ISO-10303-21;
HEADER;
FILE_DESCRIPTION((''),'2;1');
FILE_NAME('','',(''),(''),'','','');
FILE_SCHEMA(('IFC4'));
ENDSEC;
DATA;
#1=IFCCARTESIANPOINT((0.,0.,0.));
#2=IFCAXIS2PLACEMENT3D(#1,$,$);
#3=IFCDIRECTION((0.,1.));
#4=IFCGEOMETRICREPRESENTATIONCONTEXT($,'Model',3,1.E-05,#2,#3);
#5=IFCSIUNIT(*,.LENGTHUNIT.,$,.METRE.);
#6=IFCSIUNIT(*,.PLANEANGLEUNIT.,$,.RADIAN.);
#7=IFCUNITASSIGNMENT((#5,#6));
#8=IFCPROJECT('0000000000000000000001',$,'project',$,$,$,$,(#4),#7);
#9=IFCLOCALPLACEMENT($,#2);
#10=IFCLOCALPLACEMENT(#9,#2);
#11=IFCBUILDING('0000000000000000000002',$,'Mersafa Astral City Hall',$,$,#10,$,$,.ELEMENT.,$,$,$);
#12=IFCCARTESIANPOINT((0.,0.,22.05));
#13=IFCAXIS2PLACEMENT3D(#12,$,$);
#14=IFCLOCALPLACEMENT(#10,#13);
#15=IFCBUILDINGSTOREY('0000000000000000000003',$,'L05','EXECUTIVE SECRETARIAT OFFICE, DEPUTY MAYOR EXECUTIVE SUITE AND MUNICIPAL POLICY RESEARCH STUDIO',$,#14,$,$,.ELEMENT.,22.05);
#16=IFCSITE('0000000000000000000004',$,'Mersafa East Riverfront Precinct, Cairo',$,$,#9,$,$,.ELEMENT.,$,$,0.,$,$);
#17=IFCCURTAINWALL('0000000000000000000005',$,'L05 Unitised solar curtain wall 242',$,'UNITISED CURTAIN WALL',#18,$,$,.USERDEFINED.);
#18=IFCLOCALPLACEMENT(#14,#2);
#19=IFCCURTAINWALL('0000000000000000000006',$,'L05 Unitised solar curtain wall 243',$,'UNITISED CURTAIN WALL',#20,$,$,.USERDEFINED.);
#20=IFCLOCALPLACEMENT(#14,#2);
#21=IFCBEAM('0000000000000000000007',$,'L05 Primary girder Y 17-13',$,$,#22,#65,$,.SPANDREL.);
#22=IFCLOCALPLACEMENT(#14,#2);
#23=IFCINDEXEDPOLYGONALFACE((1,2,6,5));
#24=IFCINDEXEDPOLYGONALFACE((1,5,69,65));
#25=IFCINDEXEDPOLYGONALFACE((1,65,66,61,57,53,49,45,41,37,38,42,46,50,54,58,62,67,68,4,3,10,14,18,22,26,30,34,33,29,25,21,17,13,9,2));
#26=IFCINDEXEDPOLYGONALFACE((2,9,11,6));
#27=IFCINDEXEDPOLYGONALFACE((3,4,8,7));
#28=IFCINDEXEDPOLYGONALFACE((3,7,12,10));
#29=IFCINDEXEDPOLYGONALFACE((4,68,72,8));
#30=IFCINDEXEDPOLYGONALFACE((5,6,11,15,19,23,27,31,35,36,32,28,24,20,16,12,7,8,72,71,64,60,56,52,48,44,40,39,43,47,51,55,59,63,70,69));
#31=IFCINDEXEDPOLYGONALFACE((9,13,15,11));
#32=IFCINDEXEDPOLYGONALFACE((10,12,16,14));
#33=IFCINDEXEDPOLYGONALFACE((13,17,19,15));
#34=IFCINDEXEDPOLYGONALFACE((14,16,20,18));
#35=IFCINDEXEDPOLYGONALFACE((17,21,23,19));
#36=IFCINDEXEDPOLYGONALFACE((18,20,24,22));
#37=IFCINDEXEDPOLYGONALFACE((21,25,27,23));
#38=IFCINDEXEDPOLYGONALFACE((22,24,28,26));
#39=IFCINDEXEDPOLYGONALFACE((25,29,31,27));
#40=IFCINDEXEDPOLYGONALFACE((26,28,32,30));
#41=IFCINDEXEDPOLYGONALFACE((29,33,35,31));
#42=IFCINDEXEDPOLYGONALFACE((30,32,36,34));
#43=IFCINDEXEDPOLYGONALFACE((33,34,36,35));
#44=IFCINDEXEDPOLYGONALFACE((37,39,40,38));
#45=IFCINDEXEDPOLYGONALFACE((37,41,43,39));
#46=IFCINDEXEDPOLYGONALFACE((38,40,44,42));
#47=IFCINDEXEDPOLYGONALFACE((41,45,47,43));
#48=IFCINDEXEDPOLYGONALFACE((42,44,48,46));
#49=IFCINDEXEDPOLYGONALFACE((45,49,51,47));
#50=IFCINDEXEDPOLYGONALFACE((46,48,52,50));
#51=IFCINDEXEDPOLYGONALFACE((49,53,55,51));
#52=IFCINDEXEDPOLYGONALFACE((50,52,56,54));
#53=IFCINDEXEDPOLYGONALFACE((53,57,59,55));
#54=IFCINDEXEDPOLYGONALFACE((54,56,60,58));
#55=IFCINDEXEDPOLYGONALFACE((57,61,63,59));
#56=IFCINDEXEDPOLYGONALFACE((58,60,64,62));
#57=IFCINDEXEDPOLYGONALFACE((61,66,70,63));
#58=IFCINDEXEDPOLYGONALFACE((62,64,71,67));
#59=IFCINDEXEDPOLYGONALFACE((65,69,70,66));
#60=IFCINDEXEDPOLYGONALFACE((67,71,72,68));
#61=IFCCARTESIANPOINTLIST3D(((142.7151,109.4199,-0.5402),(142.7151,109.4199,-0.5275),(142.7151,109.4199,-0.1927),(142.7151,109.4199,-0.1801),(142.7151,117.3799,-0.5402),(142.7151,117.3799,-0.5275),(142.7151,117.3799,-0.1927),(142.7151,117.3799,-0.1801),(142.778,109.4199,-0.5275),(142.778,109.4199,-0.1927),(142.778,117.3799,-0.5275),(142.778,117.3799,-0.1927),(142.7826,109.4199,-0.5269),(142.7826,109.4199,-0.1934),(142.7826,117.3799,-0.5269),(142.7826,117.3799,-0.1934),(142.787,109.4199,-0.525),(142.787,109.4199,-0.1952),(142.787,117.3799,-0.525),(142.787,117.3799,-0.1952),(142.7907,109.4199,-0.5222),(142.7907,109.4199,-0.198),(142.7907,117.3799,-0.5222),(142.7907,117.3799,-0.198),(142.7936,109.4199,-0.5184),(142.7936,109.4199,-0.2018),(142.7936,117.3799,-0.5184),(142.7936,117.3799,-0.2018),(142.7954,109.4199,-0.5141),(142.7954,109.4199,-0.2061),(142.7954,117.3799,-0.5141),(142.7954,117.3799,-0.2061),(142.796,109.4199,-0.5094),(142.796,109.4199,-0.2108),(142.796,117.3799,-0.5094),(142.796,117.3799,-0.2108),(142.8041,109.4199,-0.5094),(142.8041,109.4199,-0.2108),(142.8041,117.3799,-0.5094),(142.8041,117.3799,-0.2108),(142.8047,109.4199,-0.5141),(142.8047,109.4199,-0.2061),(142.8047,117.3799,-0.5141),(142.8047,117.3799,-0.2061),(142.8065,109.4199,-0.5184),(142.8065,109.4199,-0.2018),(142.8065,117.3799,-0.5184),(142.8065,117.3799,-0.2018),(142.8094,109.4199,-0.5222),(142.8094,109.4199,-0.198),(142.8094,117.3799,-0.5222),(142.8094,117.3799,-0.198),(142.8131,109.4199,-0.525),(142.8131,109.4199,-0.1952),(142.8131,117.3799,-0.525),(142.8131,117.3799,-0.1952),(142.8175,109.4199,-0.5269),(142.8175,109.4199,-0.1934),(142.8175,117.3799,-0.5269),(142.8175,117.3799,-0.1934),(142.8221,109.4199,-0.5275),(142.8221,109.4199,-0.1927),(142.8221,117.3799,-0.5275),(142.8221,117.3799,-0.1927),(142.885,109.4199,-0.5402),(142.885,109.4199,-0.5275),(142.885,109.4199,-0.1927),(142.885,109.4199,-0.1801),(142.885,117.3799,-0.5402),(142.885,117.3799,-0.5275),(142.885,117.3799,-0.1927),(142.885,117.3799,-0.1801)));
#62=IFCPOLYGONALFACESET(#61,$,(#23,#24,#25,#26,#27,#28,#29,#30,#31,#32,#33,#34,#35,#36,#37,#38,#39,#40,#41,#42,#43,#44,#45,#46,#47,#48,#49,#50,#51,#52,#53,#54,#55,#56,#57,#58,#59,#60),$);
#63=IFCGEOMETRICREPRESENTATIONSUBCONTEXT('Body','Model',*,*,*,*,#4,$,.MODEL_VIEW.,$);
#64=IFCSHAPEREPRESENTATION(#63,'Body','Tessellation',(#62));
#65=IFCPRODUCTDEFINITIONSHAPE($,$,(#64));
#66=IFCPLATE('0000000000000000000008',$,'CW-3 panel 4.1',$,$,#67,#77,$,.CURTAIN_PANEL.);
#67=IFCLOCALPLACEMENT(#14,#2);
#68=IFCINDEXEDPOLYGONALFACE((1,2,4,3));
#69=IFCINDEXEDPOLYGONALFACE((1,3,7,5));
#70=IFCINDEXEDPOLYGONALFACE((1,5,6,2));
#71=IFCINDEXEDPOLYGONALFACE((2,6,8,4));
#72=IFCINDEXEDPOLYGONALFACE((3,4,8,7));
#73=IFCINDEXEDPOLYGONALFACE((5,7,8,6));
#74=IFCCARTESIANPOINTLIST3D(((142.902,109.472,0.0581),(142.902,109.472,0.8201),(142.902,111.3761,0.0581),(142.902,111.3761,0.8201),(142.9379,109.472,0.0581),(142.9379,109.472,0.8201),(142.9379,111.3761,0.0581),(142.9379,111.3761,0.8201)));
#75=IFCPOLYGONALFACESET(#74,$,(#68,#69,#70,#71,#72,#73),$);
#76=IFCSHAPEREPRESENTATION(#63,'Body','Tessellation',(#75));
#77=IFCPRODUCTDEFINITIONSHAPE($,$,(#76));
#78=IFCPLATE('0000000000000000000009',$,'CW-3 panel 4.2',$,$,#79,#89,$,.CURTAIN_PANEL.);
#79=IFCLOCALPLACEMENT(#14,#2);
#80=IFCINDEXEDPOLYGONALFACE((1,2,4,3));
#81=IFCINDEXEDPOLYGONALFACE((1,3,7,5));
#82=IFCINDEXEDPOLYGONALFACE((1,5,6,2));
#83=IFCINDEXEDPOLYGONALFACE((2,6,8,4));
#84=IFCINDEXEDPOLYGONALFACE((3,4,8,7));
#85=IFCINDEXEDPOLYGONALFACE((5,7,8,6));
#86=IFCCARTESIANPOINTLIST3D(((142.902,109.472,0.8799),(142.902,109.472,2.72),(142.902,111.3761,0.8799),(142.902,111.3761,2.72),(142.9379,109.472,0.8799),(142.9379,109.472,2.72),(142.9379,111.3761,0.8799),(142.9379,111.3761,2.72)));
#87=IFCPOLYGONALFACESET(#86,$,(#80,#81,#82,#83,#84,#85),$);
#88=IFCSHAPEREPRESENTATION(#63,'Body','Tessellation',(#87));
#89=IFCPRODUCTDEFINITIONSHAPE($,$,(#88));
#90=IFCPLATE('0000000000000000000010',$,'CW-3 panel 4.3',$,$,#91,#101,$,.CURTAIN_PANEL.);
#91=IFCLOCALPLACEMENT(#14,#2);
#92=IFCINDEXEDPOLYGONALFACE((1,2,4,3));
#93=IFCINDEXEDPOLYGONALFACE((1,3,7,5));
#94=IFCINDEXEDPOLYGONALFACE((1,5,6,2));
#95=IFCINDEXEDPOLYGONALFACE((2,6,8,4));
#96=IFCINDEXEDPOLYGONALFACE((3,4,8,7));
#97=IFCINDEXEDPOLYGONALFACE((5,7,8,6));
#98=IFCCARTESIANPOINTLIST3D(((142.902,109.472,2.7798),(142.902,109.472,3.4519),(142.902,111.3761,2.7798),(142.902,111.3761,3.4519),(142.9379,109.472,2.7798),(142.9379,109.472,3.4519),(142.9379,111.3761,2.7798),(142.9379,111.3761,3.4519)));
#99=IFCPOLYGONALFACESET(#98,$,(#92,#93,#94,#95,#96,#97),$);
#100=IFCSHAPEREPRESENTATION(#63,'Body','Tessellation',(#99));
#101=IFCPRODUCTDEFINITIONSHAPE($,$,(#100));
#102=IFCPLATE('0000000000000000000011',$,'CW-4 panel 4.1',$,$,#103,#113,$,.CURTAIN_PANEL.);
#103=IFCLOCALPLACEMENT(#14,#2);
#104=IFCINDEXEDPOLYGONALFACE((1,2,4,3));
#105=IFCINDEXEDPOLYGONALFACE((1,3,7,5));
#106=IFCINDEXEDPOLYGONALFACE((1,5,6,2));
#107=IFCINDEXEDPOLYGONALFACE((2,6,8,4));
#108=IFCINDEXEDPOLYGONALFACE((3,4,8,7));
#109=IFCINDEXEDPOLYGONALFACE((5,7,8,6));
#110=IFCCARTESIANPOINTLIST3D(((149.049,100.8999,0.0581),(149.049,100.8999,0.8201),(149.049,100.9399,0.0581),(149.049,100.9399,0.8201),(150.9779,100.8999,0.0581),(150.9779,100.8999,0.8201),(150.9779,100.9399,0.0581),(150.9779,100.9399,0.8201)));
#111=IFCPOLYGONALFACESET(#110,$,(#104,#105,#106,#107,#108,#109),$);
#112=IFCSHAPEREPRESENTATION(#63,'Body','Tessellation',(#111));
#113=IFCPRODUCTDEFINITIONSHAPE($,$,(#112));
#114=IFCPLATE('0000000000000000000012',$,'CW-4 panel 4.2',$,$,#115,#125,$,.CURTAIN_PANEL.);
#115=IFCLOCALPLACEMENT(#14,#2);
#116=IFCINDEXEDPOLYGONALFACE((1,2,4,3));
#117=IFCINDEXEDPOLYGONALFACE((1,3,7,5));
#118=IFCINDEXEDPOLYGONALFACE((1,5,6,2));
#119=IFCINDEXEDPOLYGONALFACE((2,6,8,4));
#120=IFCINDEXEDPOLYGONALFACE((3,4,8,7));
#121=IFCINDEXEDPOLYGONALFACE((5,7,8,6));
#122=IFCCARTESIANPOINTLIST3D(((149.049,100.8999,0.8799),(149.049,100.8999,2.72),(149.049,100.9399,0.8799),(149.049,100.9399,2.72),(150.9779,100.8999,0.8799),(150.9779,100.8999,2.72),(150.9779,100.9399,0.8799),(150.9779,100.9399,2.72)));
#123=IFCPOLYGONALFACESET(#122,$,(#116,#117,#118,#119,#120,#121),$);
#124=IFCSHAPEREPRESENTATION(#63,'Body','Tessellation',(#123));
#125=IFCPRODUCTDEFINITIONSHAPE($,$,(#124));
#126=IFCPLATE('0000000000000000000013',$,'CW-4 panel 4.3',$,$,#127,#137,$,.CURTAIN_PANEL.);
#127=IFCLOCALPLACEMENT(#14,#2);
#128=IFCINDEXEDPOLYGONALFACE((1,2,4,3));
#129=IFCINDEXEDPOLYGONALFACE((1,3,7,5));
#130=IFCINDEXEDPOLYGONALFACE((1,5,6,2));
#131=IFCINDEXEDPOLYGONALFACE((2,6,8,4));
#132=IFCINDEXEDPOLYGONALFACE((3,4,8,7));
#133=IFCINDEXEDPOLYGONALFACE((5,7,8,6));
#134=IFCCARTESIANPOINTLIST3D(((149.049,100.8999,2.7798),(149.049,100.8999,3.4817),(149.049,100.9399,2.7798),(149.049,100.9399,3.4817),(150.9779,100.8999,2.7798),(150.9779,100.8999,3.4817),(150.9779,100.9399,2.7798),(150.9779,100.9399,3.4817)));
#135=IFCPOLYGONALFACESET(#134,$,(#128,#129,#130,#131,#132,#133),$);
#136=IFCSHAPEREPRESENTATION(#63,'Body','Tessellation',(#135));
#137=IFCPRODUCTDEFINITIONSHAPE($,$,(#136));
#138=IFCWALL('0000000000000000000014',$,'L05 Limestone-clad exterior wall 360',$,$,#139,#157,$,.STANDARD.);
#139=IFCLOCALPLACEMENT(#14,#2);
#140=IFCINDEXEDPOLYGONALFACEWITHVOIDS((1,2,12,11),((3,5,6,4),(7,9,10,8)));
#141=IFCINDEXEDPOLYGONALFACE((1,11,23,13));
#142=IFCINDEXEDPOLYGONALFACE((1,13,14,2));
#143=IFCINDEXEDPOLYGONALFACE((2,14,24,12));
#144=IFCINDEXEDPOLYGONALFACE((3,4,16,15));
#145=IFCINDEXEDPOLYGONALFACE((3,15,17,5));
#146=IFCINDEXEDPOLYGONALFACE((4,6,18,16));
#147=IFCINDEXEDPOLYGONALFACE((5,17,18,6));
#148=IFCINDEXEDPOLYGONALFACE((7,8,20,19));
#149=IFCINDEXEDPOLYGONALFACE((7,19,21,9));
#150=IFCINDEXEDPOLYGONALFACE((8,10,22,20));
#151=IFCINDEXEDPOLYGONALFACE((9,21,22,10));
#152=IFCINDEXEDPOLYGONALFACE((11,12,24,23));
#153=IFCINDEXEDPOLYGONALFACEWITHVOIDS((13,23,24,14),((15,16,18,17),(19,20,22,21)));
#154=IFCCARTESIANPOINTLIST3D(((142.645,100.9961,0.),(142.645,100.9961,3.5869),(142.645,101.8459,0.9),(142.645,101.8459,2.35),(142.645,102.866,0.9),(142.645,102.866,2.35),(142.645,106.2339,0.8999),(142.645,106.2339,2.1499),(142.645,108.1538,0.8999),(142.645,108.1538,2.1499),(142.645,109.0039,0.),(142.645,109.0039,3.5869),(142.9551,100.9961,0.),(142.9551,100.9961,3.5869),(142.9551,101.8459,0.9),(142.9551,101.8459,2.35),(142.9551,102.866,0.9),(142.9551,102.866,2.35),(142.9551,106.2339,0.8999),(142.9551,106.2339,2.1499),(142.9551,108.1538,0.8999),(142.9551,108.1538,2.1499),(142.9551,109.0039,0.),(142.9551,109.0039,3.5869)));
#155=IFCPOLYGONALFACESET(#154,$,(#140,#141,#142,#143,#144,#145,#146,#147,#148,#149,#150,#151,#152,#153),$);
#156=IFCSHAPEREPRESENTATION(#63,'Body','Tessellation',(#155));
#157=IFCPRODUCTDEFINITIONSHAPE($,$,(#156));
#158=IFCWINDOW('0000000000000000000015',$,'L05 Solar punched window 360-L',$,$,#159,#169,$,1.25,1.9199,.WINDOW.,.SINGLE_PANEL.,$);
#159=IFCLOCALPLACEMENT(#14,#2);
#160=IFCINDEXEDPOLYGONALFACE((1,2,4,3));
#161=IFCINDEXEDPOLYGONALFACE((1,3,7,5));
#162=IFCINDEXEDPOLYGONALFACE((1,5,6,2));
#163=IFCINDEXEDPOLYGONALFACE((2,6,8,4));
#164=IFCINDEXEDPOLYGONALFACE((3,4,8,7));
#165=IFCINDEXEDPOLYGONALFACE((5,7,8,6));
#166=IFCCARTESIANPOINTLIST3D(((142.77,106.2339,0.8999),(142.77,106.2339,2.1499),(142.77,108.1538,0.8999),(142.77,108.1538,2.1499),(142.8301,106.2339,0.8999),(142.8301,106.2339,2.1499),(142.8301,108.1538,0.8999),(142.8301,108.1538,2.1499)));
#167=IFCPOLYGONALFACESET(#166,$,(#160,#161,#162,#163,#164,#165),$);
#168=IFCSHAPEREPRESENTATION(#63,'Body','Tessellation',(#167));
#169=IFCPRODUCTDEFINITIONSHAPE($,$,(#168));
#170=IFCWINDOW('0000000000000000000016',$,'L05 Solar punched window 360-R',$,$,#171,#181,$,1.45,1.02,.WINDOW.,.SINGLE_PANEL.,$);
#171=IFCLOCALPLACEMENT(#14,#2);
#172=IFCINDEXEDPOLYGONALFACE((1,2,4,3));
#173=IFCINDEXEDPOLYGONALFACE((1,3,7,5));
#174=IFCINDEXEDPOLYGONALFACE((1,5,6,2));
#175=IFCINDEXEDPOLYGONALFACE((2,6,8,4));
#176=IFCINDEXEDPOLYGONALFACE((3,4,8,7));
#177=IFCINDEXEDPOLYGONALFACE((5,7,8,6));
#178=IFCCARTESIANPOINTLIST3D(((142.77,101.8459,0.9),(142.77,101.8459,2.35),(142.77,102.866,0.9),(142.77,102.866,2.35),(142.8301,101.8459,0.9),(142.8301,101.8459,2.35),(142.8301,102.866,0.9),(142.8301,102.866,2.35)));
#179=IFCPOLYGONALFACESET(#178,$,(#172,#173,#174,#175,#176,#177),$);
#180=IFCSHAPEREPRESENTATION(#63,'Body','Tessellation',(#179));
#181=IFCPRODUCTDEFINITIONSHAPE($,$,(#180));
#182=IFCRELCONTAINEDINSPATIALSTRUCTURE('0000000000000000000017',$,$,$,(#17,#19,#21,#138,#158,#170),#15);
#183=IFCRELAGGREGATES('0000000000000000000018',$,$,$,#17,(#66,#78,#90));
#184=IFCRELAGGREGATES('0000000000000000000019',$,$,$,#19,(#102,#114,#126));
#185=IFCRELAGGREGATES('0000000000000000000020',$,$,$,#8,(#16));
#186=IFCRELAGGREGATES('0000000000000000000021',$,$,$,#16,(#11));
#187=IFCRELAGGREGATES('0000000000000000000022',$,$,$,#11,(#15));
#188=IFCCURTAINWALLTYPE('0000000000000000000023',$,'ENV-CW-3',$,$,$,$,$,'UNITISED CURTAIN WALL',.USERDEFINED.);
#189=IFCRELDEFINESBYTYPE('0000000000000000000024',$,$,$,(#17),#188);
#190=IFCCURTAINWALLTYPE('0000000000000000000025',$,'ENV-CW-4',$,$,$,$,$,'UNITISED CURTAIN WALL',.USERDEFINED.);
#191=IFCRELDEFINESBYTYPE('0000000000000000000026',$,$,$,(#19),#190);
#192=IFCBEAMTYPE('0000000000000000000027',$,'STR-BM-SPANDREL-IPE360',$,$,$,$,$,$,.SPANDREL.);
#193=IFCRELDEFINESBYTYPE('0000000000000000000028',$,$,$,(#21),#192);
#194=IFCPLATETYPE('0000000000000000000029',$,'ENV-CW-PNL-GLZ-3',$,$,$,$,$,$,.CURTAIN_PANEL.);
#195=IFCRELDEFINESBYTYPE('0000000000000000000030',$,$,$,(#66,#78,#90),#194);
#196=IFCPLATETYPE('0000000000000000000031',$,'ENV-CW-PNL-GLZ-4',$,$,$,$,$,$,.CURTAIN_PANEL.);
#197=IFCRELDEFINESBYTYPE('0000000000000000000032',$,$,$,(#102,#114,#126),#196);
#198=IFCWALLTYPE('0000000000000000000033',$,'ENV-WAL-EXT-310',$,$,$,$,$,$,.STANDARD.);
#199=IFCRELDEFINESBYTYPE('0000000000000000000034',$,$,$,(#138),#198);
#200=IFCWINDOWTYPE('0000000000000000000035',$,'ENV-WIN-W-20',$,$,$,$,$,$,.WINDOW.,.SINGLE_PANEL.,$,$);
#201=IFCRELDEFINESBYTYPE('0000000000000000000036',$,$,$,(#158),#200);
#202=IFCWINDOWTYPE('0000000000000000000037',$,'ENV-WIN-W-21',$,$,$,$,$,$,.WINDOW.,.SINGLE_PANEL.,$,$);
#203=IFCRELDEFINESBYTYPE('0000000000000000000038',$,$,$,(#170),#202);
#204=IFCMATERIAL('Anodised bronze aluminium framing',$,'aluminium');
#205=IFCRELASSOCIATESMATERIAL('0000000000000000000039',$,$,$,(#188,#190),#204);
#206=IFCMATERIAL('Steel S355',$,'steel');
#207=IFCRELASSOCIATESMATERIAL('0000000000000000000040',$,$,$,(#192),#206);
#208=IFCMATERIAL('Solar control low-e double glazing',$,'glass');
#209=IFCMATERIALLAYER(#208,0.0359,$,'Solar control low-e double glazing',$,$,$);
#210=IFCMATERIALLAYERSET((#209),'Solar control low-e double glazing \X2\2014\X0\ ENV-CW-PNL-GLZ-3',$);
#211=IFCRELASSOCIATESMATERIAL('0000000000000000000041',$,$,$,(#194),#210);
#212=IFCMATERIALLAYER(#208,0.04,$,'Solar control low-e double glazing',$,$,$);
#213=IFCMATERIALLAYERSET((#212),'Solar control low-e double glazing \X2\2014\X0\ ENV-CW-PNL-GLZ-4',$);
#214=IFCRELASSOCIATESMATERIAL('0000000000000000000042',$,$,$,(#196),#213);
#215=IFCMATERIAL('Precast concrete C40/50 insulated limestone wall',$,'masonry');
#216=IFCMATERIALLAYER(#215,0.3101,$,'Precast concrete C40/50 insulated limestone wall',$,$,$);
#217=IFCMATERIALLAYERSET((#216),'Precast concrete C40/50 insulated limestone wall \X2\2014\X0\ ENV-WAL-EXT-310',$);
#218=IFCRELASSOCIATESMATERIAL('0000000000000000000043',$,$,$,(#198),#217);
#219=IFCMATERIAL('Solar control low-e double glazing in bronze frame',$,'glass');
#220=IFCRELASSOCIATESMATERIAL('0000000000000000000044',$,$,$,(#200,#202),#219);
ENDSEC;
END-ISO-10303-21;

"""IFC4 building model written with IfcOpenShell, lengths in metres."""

from ifc_helpers import new_model, si_unit, direction, frame, frame_2d, origin, origin_2d, place, context, subcontext, project, spatial, rectangle, i_section, extrude, material, layer, layer_set, material_profile, profile_set, type_object, element, fill, aggregate, save


model = new_model("IFC4")

# Units and contexts
model_context = context("Model", 3, precision=1e-05, world=origin(), true_north=direction((0.0, 1.0)))
body_context = subcontext(model_context, "Body", "Model", "MODEL_VIEW")
ifc_project = project(units=[si_unit("LENGTHUNIT", "METRE"), si_unit("PLANEANGLEUNIT", "RADIAN")], contexts=[model_context])

# Site, building, storey
site_placement = place(None, origin())
site = spatial("IfcSite", under=ifc_project, at=site_placement, Name="Mersafa East Riverfront Precinct, Cairo", CompositionType="ELEMENT", RefElevation=0.0)
building_placement = place(site_placement, origin())
building = spatial("IfcBuilding", under=site, at=building_placement, Name="Mersafa Astral City Hall", CompositionType="ELEMENT")
storey_placement = place(building_placement, frame((0.0, 0.0, 22.05)))
storey = spatial("IfcBuildingStorey", under=building, at=storey_placement, Name="L05", Description="EXECUTIVE SECRETARIAT OFFICE, DEPUTY MAYOR EXECUTIVE SUITE AND MUNICIPAL POLICY RESEARCH STUDIO", CompositionType="ELEMENT", Elevation=22.05)

# Shared definitions
ifc_material_1 = material(Name="Steel S355", Category="steel")

# Curtain wall
ifc_material_2 = material(Name="Anodised bronze aluminium framing", Category="aluminium")
curtain_wall_type_1 = type_object("IfcCurtainWallType", Name="ENV-CW-3", ElementType="UNITISED CURTAIN WALL", PredefinedType="USERDEFINED", material=ifc_material_2)
curtain_wall_1_placement = place(storey_placement, origin())
curtain_wall_1 = element("IfcCurtainWall", 1, at=curtain_wall_1_placement, inside=storey, type_object=curtain_wall_type_1, Name="L05 Unitised solar curtain wall 242", ObjectType="UNITISED CURTAIN WALL", PredefinedType="USERDEFINED")

# Curtain wall
curtain_wall_type_2 = type_object("IfcCurtainWallType", Name="ENV-CW-4", ElementType="UNITISED CURTAIN WALL", PredefinedType="USERDEFINED", material=ifc_material_2)
curtain_wall_2_placement = place(storey_placement, origin())
curtain_wall_2 = element("IfcCurtainWall", 2, at=curtain_wall_2_placement, inside=storey, type_object=curtain_wall_type_2, Name="L05 Unitised solar curtain wall 243", ObjectType="UNITISED CURTAIN WALL", PredefinedType="USERDEFINED")

# Beam
ifc_material_profile_1 = material_profile(ifc_material_1, i_section(OverallWidth=0.1699, OverallDepth=0.3601, WebThickness=0.0081, FlangeThickness=0.0127, FilletRadius=0.0181, at=origin_2d()), Name="IPE 360")
ifc_profile_set_1 = profile_set([ifc_material_profile_1], Name="Steel S355")
beam_type_1 = type_object("IfcBeamType", Name="STR-BM-SPANDREL-IPE360", PredefinedType="SPANDREL", material=ifc_profile_set_1)
beam_1_placement = place(storey_placement, frame((142.8, 109.4199, -0.3601), z_axis=(0.0, 1.0, 0.0), x_axis=(-1.0, 0.0, 0.0)))
element("IfcBeam", 3, at=beam_1_placement, inside=storey, type_object=beam_type_1, Name="L05 Primary girder Y 17-13", PredefinedType="SPANDREL", context=body_context, shape_type="SweptSolid", body=[
    extrude(i_section(OverallWidth=0.1699, OverallDepth=0.3601, WebThickness=0.0081, FlangeThickness=0.0127, FilletRadius=0.0181, at=origin_2d()), origin(), (0.0, 0.0, 1.0), 7.96),
])

# Plates
ifc_material_3 = material(Name="Solar control low-e double glazing", Category="glass")
ifc_layer_1 = layer(ifc_material_3, 0.0359, Name="Solar control low-e double glazing")
ifc_layer_set_1 = layer_set([ifc_layer_1], Name="Solar control low-e double glazing — ENV-CW-PNL-GLZ-3")
plate_type_1 = type_object("IfcPlateType", Name="ENV-CW-PNL-GLZ-3", PredefinedType="CURTAIN_PANEL", material=ifc_layer_set_1)
plate_1_placement = place(storey_placement, frame((142.9199, 110.4241, 0.0581), z_axis=(0.0, 0.0, 1.0), x_axis=(0.0, -1.0, 0.0)))
plate_1 = element("IfcPlate", 4, at=plate_1_placement, type_object=plate_type_1, Name="CW-3 panel 4.1", PredefinedType="CURTAIN_PANEL", context=body_context, shape_type="SweptSolid", body=[
    extrude(rectangle(XDim=1.9041, YDim=0.0359, at=origin_2d()), origin(), (0.0, 0.0, 1.0), 0.762),
])
plate_2_placement = place(storey_placement, frame((142.9199, 110.4241, 0.8799), z_axis=(0.0, 0.0, 1.0), x_axis=(0.0, -1.0, 0.0)))
plate_2 = element("IfcPlate", 5, at=plate_2_placement, type_object=plate_type_1, Name="CW-3 panel 4.2", PredefinedType="CURTAIN_PANEL", context=body_context, shape_type="SweptSolid", body=[
    extrude(rectangle(XDim=1.9041, YDim=0.0359, at=origin_2d()), origin(), (0.0, 0.0, 1.0), 1.8401),
])
plate_3_placement = place(storey_placement, frame((142.9199, 110.4241, 2.7798), z_axis=(0.0, 0.0, 1.0), x_axis=(0.0, -1.0, 0.0)))
plate_3 = element("IfcPlate", 6, at=plate_3_placement, type_object=plate_type_1, Name="CW-3 panel 4.3", PredefinedType="CURTAIN_PANEL", context=body_context, shape_type="SweptSolid", body=[
    extrude(rectangle(XDim=1.9041, YDim=0.0359, at=origin_2d()), origin(), (0.0, 0.0, 1.0), 0.6721),
])
aggregate(curtain_wall_1, [plate_1, plate_2, plate_3])
ifc_layer_2 = layer(ifc_material_3, 0.04, Name="Solar control low-e double glazing")
ifc_layer_set_2 = layer_set([ifc_layer_2], Name="Solar control low-e double glazing — ENV-CW-PNL-GLZ-4")
plate_type_2 = type_object("IfcPlateType", Name="ENV-CW-PNL-GLZ-4", PredefinedType="CURTAIN_PANEL", material=ifc_layer_set_2)
plate_4_placement = place(storey_placement, frame((150.0134, 100.9199, 0.0581), z_axis=(0.0, 0.0, 1.0), x_axis=(1.0, 0.0, 0.0)))
plate_4 = element("IfcPlate", 7, at=plate_4_placement, type_object=plate_type_2, Name="CW-4 panel 4.1", PredefinedType="CURTAIN_PANEL", context=body_context, shape_type="SweptSolid", body=[
    extrude(rectangle(XDim=1.929, YDim=0.04, at=origin_2d()), origin(), (0.0, 0.0, 1.0), 0.762),
])
plate_5_placement = place(storey_placement, frame((150.0134, 100.9199, 0.8799), z_axis=(0.0, 0.0, 1.0), x_axis=(1.0, 0.0, 0.0)))
plate_5 = element("IfcPlate", 8, at=plate_5_placement, type_object=plate_type_2, Name="CW-4 panel 4.2", PredefinedType="CURTAIN_PANEL", context=body_context, shape_type="SweptSolid", body=[
    extrude(rectangle(XDim=1.929, YDim=0.04, at=origin_2d()), origin(), (0.0, 0.0, 1.0), 1.8401),
])
plate_6_placement = place(storey_placement, frame((150.0134, 100.9199, 2.7798), z_axis=(0.0, 0.0, 1.0), x_axis=(1.0, 0.0, 0.0)))
plate_6 = element("IfcPlate", 9, at=plate_6_placement, type_object=plate_type_2, Name="CW-4 panel 4.3", PredefinedType="CURTAIN_PANEL", context=body_context, shape_type="SweptSolid", body=[
    extrude(rectangle(XDim=1.929, YDim=0.04, at=origin_2d()), origin(), (0.0, 0.0, 1.0), 0.7019),
])
aggregate(curtain_wall_2, [plate_4, plate_5, plate_6])

# Wall, openings, windows
ifc_material_4 = material(Name="Precast concrete C40/50 insulated limestone wall", Category="masonry")
ifc_layer_3 = layer(ifc_material_4, 0.3101, Name="Precast concrete C40/50 insulated limestone wall")
ifc_layer_set_3 = layer_set([ifc_layer_3], Name="Precast concrete C40/50 insulated limestone wall — ENV-WAL-EXT-310")
wall_type_1 = type_object("IfcWallType", Name="ENV-WAL-EXT-310", PredefinedType="STANDARD", material=ifc_layer_set_3)
wall_1_placement = place(storey_placement, frame((142.8, 109.0039, 0.0), z_axis=(0.0, 0.0, 1.0), x_axis=(0.0, -1.0, 0.0)))
wall_1 = element("IfcWall", 10, at=wall_1_placement, inside=storey, type_object=wall_type_1, Name="L05 Limestone-clad exterior wall 360", PredefinedType="STANDARD", context=body_context, shape_type="SweptSolid", body=[
    extrude(rectangle(XDim=8.0078, YDim=0.3101, at=frame_2d((4.0039, 0.0))), origin(), (0.0, 0.0, 1.0), 3.5869),
])
opening_1_placement = place(wall_1_placement, frame((0.8501, 0.0, 0.8999)))
opening_1 = element("IfcOpeningElement", 11, at=opening_1_placement, cuts=wall_1, PredefinedType="OPENING", context=body_context, shape_type="SweptSolid", body=[
    extrude(rectangle(XDim=1.9199, YDim=1.25, at=frame_2d((0.96, 0.625))), frame((0.0, 0.165, 0.0), z_axis=(0.0, -1.0, 0.0), x_axis=(1.0, 0.0, 0.0)), (0.0, 0.0, 1.0), 0.3301),
])
opening_2_placement = place(wall_1_placement, frame((6.1379, 0.0, 0.8999)))
opening_2 = element("IfcOpeningElement", 12, at=opening_2_placement, cuts=wall_1, PredefinedType="OPENING", context=body_context, shape_type="SweptSolid", body=[
    extrude(rectangle(XDim=1.02, YDim=1.45, at=frame_2d((0.51, 0.7251))), frame((0.0, 0.165, 0.0), z_axis=(0.0, -1.0, 0.0), x_axis=(1.0, 0.0, 0.0)), (0.0, 0.0, 1.0), 0.3301),
])
ifc_material_5 = material(Name="Solar control low-e double glazing in bronze frame", Category="glass")
window_type_1 = type_object("IfcWindowType", Name="ENV-WIN-W-20", PartitioningType="SINGLE_PANEL", PredefinedType="WINDOW", material=ifc_material_5)
window_1_placement = place(opening_1_placement, origin())
window_1 = element("IfcWindow", 13, at=window_1_placement, inside=storey, type_object=window_type_1, Name="L05 Solar punched window 360-L", OverallHeight=1.25, OverallWidth=1.9199, PartitioningType="SINGLE_PANEL", PredefinedType="WINDOW", context=body_context, shape_type="SweptSolid", body=[
    extrude(rectangle(XDim=1.9199, YDim=1.25, at=frame_2d((0.96, 0.625))), frame((0.0, 0.03, 0.0), z_axis=(0.0, -1.0, 0.0), x_axis=(1.0, 0.0, 0.0)), (0.0, 0.0, 1.0), 0.0601),
])
fill(opening_1, window_1)
window_type_2 = type_object("IfcWindowType", Name="ENV-WIN-W-21", PartitioningType="SINGLE_PANEL", PredefinedType="WINDOW", material=ifc_material_5)
window_2_placement = place(opening_2_placement, origin())
window_2 = element("IfcWindow", 14, at=window_2_placement, inside=storey, type_object=window_type_2, Name="L05 Solar punched window 360-R", OverallHeight=1.45, OverallWidth=1.02, PartitioningType="SINGLE_PANEL", PredefinedType="WINDOW", context=body_context, shape_type="SweptSolid", body=[
    extrude(rectangle(XDim=1.02, YDim=1.45, at=frame_2d((0.51, 0.7251))), frame((0.0, 0.03, 0.0), z_axis=(0.0, -1.0, 0.0), x_axis=(1.0, 0.0, 0.0)), (0.0, 0.0, 1.0), 0.0601),
])
fill(opening_2, window_2)

save(model, "model.ifc")
